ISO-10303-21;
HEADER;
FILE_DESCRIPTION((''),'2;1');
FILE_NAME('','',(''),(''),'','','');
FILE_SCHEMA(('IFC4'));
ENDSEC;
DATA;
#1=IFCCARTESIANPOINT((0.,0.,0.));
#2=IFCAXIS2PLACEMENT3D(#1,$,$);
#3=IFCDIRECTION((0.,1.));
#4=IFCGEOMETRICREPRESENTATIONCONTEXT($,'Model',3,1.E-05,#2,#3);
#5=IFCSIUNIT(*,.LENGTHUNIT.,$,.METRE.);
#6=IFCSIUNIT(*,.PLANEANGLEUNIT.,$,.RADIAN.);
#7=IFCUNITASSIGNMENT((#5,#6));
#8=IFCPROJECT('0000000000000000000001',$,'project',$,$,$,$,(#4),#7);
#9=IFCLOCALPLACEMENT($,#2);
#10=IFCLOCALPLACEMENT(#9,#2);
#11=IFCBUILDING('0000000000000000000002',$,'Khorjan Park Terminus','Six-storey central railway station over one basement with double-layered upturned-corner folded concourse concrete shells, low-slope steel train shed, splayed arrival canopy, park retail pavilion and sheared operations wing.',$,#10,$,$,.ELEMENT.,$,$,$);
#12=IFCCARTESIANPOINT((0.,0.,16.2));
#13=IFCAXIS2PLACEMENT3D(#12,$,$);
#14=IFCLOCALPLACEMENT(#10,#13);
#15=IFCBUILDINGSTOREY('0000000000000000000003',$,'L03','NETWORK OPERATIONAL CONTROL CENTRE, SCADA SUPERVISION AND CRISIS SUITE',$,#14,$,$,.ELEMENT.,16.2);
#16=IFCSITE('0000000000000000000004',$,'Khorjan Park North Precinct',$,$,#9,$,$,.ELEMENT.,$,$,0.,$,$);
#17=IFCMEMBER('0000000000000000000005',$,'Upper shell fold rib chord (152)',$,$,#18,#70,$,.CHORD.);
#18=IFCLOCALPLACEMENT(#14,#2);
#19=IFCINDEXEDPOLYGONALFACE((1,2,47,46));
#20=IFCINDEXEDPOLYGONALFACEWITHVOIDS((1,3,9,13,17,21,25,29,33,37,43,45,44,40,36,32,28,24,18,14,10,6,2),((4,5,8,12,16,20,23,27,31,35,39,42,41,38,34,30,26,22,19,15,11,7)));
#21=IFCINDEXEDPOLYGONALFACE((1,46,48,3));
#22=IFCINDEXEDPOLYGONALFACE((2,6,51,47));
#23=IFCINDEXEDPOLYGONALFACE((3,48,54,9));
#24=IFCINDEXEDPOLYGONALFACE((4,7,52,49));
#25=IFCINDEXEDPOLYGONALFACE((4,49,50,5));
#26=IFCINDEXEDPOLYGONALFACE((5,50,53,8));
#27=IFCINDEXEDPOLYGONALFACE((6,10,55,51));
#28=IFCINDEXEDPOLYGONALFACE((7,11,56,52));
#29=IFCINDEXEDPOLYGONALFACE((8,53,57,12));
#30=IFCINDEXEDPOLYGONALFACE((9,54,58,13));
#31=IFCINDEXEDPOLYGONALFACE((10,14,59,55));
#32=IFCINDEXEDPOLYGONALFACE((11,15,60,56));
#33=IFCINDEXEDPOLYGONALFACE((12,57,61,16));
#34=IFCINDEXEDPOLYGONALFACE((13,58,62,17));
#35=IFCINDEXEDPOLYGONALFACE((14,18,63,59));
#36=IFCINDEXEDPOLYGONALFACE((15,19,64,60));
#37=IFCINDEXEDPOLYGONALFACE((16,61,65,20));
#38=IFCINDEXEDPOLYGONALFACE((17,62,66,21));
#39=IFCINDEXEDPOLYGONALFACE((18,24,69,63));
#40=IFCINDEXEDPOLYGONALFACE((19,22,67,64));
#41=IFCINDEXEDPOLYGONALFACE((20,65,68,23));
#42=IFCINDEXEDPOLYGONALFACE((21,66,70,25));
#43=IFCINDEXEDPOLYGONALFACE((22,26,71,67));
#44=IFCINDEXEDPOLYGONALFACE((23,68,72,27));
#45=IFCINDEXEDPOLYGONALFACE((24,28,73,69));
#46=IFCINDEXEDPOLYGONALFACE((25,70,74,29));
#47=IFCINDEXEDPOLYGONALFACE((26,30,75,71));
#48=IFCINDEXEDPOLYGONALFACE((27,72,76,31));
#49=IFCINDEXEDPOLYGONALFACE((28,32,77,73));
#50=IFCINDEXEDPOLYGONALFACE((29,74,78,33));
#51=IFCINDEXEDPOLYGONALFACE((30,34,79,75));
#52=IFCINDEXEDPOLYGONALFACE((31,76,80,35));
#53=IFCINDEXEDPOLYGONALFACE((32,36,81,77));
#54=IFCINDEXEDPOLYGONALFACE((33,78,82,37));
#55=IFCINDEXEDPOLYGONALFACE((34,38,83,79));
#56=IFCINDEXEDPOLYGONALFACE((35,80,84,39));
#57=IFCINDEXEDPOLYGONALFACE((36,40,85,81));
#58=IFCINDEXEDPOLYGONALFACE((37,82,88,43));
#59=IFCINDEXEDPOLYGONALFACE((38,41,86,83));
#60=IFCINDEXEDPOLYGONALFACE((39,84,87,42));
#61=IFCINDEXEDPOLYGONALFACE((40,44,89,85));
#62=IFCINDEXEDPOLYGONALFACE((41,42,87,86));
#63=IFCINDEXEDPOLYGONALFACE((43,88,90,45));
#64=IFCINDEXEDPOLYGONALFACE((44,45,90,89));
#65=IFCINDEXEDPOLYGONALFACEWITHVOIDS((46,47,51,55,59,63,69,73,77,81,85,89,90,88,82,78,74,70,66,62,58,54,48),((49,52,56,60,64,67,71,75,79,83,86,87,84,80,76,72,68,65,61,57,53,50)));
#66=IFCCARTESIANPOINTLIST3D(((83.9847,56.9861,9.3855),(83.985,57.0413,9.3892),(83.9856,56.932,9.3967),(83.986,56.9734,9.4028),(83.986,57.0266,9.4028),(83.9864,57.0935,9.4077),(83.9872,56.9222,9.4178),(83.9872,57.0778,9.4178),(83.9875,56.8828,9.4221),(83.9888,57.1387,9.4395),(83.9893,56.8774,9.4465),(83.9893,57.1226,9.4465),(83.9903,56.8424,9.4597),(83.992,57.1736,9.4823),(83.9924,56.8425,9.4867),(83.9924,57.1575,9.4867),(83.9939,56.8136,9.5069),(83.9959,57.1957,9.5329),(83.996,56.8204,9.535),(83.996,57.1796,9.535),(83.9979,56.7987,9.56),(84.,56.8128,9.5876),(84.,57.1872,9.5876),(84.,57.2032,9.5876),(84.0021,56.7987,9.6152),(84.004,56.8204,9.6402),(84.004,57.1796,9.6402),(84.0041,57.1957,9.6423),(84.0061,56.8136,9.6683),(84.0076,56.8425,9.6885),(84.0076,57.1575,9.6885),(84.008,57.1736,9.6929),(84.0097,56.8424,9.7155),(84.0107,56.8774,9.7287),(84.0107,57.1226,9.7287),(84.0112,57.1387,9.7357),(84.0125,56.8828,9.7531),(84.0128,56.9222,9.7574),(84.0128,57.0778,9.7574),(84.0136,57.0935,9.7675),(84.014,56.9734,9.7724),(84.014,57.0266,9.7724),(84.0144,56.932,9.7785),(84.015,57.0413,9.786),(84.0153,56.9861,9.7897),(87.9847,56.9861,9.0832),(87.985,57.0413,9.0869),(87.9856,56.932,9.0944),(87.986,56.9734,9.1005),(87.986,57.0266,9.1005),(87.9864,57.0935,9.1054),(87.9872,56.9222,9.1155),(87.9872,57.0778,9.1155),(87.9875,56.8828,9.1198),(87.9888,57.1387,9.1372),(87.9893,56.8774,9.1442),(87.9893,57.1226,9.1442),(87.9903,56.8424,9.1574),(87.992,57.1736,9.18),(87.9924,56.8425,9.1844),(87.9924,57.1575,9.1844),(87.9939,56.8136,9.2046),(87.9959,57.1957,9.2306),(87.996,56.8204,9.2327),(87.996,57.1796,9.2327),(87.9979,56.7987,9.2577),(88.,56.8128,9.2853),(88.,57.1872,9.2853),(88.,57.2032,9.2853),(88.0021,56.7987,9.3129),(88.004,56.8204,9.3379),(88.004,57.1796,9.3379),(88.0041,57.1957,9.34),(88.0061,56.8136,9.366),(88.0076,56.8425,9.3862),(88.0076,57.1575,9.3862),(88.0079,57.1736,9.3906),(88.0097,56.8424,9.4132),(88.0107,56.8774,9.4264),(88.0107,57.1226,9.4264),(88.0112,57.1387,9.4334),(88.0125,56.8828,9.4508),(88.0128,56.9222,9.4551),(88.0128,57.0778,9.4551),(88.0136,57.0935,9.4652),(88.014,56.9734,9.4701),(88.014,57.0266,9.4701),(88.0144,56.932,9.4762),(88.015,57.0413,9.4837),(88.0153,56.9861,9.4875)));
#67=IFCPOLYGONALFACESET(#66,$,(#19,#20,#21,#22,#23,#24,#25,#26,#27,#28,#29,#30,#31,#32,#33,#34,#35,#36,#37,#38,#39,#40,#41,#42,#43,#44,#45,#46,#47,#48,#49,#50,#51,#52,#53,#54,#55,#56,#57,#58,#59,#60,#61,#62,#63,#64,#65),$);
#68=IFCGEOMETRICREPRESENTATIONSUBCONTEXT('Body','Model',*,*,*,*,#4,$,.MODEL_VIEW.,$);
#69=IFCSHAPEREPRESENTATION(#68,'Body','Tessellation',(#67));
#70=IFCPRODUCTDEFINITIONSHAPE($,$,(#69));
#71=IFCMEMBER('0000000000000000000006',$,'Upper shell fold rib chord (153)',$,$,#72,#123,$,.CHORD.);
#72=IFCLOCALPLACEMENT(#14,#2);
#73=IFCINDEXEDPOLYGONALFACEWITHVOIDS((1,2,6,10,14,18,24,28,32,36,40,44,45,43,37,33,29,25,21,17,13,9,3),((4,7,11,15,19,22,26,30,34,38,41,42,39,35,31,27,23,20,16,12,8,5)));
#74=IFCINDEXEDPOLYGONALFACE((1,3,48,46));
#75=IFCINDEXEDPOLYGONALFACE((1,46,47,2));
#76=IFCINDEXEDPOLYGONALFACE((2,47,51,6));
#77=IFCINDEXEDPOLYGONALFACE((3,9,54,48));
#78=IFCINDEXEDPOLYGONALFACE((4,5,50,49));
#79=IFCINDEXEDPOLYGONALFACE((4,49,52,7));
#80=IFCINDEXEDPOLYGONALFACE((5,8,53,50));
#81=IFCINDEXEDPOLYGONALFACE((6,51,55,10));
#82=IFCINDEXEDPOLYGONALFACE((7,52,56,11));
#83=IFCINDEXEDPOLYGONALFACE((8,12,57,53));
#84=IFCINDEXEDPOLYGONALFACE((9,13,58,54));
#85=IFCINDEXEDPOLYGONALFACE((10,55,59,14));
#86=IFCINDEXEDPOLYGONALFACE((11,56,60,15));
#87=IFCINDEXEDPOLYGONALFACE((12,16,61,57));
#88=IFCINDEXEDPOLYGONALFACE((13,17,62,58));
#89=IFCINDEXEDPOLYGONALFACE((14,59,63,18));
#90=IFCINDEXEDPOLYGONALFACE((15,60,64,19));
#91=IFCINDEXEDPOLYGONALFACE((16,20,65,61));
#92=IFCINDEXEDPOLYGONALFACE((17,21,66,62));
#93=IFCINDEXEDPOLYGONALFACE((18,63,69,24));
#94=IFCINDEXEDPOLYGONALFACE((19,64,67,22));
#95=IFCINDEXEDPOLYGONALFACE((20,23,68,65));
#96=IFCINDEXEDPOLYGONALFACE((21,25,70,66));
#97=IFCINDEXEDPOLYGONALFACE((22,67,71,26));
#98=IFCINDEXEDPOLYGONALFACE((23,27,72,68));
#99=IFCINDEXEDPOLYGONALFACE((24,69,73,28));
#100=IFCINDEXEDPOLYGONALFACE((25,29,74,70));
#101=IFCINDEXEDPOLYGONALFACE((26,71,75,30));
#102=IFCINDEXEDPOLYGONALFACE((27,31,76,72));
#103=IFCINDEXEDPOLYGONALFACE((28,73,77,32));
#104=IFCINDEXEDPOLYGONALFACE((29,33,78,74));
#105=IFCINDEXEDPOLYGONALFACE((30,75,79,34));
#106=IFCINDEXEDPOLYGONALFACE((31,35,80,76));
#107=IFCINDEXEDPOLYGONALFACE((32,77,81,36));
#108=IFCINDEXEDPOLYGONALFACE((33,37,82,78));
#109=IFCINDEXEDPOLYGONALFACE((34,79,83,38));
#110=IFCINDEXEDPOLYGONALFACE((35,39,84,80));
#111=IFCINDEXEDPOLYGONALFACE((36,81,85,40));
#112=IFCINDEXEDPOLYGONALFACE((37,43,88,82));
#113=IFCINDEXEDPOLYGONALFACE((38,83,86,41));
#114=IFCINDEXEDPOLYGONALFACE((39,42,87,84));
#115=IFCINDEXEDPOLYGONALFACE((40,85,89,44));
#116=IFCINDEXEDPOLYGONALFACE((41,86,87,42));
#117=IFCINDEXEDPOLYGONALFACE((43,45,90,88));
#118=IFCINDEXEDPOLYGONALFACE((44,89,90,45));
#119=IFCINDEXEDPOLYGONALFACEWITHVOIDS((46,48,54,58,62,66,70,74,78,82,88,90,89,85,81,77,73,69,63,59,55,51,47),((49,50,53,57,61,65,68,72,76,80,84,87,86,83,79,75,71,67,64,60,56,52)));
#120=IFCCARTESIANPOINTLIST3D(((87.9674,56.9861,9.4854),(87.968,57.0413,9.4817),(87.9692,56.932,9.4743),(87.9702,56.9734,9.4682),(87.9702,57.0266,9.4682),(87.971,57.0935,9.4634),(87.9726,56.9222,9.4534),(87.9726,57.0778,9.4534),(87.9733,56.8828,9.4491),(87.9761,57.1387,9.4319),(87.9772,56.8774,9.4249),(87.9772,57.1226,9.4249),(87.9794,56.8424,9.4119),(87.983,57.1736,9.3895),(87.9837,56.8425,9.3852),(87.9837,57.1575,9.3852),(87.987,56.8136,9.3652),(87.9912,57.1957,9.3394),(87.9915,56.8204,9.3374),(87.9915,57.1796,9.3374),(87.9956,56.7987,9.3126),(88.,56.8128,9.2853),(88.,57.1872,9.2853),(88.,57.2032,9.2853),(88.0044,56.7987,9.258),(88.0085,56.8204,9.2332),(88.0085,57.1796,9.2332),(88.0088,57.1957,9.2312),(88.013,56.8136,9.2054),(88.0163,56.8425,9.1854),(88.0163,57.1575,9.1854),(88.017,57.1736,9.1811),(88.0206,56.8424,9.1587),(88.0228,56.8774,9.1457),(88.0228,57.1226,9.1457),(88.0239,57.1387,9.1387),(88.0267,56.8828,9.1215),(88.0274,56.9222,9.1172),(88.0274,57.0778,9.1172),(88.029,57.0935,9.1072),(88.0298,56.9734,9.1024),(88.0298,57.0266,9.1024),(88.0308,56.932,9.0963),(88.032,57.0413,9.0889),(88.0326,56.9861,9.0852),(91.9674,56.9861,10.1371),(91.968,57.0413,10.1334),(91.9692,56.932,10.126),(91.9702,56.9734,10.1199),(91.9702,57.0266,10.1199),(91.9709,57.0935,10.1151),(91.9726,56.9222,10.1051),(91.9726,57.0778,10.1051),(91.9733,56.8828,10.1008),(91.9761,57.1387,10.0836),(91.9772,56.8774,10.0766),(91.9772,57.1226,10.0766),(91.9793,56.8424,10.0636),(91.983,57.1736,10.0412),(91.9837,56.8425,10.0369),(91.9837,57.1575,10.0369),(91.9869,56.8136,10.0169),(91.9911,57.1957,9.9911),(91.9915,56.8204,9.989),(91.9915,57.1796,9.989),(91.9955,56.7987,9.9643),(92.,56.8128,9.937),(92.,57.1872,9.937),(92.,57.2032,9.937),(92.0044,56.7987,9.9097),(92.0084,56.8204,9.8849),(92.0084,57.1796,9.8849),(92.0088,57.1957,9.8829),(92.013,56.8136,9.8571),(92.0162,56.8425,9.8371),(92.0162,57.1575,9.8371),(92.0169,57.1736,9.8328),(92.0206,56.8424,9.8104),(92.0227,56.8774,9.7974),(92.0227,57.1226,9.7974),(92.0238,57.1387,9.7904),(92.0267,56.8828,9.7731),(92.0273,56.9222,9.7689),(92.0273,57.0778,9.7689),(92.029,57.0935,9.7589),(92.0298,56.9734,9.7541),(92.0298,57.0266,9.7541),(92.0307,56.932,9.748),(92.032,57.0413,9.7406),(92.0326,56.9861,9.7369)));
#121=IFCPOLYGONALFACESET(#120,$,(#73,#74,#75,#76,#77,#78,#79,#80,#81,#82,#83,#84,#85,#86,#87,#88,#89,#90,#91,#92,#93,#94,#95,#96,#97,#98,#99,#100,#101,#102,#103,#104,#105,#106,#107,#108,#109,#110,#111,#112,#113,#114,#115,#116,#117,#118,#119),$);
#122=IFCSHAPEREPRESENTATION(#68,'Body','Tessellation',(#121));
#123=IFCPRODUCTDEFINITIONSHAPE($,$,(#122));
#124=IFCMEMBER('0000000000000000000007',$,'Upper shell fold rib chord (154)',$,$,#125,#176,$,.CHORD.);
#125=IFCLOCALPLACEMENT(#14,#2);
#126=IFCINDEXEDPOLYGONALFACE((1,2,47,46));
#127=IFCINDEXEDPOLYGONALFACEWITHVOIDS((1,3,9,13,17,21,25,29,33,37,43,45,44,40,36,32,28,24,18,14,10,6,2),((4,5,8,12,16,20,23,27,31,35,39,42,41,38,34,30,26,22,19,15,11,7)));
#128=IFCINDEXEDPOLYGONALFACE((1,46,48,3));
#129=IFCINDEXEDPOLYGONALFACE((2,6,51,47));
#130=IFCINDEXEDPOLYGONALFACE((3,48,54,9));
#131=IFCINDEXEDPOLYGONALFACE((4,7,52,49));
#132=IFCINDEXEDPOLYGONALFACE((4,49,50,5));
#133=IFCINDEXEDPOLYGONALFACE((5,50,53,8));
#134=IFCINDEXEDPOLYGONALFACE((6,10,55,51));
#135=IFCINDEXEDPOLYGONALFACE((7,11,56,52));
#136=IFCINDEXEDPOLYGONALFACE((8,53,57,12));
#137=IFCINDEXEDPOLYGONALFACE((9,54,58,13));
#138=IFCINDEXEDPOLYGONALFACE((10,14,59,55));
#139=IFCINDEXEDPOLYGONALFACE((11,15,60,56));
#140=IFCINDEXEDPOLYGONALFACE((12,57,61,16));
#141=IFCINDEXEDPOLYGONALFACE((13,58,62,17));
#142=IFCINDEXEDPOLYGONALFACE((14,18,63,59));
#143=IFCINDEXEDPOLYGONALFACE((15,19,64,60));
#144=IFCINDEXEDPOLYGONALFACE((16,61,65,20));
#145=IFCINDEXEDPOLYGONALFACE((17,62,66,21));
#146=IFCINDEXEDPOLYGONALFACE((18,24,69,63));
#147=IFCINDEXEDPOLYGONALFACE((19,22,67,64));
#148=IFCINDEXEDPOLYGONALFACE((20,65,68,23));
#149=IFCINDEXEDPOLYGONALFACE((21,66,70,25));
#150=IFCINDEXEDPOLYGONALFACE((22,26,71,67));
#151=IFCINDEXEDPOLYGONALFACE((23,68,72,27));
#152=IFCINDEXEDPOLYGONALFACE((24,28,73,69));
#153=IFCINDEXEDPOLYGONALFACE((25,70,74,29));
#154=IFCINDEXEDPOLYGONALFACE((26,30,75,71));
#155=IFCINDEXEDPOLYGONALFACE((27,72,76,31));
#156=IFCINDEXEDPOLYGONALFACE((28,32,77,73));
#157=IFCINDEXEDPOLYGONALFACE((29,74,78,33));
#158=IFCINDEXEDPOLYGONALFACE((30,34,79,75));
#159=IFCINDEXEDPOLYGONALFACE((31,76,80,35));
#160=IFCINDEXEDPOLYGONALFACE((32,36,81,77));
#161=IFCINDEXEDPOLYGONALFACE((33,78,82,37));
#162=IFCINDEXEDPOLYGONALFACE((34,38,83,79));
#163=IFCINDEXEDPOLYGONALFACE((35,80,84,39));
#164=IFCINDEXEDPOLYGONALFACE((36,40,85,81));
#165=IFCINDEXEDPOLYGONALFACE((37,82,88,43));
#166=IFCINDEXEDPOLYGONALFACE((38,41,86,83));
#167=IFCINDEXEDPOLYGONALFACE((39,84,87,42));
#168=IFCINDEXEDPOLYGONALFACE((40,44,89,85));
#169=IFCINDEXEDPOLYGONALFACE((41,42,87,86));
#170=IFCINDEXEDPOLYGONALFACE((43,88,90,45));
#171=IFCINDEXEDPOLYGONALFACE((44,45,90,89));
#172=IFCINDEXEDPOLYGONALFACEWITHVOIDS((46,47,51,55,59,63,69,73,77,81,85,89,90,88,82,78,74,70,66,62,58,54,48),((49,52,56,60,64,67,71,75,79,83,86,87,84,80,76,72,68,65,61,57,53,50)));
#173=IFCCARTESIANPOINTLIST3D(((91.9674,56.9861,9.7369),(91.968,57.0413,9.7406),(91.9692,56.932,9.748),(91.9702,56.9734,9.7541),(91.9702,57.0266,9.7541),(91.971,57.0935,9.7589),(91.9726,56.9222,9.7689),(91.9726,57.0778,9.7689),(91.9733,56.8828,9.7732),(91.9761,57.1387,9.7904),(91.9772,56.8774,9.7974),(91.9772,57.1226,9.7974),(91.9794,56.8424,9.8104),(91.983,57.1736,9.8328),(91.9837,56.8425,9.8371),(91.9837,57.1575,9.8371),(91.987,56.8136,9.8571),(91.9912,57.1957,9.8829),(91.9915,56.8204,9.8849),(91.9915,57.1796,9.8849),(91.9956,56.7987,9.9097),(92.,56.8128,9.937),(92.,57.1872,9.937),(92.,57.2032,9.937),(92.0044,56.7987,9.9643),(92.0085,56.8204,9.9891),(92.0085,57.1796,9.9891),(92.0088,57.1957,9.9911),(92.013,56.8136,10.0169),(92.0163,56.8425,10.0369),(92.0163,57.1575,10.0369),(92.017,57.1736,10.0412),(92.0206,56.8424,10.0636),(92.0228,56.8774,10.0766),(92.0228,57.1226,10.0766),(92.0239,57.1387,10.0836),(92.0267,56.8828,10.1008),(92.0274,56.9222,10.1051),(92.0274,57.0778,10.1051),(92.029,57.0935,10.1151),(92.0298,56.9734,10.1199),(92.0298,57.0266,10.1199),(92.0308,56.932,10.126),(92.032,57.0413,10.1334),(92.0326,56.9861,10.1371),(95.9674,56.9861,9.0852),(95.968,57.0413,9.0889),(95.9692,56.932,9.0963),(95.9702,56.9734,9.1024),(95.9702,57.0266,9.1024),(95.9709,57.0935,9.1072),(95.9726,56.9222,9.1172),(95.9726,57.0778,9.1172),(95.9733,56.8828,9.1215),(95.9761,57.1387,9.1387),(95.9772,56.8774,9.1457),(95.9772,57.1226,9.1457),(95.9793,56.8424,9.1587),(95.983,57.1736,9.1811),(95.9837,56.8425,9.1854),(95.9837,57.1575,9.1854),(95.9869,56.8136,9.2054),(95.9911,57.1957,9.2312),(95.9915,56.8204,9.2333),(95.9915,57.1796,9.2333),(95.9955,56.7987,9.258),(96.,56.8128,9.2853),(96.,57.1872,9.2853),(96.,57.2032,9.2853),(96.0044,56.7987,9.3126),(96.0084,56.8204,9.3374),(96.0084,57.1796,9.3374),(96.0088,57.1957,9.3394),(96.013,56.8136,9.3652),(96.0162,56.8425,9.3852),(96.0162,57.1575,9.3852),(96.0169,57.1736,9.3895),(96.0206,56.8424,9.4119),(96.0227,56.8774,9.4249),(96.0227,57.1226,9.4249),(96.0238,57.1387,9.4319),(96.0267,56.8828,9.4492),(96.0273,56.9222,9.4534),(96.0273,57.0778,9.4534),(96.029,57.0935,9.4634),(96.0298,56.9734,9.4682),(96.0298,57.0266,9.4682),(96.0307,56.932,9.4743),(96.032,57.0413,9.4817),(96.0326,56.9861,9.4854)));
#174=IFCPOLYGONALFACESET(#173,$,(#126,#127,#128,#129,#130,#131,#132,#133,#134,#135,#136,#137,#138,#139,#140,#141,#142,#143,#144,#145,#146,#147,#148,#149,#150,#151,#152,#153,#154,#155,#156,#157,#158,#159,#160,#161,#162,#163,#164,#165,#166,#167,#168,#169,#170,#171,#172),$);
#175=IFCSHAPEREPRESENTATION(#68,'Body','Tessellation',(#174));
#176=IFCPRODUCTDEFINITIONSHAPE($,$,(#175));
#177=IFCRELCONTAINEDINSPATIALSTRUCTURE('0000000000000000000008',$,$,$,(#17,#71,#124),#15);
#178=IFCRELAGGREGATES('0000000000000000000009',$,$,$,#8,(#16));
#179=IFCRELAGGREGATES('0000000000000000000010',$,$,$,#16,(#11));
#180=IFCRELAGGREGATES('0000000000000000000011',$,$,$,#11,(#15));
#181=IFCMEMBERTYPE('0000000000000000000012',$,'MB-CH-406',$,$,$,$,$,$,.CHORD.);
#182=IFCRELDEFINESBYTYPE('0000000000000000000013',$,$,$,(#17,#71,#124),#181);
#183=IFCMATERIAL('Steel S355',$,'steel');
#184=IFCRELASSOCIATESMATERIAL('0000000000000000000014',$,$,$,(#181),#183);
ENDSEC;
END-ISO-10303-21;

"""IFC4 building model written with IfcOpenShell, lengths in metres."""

from ifc_helpers import new_model, si_unit, direction, frame, origin, origin_2d, place, context, subcontext, project, spatial, hollow_circle, extrude, material, material_profile, profile_set, type_object, element, save


model = new_model("IFC4")

# Units and contexts
model_context = context("Model", 3, precision=1e-05, world=origin(), true_north=direction((0.0, 1.0)))
body_context = subcontext(model_context, "Body", "Model", "MODEL_VIEW")
ifc_project = project(units=[si_unit("LENGTHUNIT", "METRE"), si_unit("PLANEANGLEUNIT", "RADIAN")], contexts=[model_context])

# Site, building, storey
site_placement = place(None, origin())
site = spatial("IfcSite", under=ifc_project, at=site_placement, Name="Khorjan Park North Precinct", CompositionType="ELEMENT", RefElevation=0.0)
building_placement = place(site_placement, origin())
building = spatial("IfcBuilding", under=site, at=building_placement, Name="Khorjan Park Terminus", Description="Six-storey central railway station over one basement with double-layered upturned-corner folded concourse concrete shells, low-slope steel train shed, splayed arrival canopy, park retail pavilion and sheared operations wing.", CompositionType="ELEMENT")
storey_placement = place(building_placement, frame((0.0, 0.0, 16.2)))
storey = spatial("IfcBuildingStorey", under=building, at=storey_placement, Name="L03", Description="NETWORK OPERATIONAL CONTROL CENTRE, SCADA SUPERVISION AND CRISIS SUITE", CompositionType="ELEMENT", Elevation=16.2)

# Members
ifc_material = material(Name="Steel S355", Category="steel")
ifc_material_profile_1 = material_profile(ifc_material, hollow_circle(Radius=0.2032, WallThickness=0.016, at=origin_2d()), Name="CHS 406.4x16")
ifc_profile_set_1 = profile_set([ifc_material_profile_1], Name="Steel S355")
member_type_1 = type_object("IfcMemberType", Name="MB-CH-406", PredefinedType="CHORD", material=ifc_profile_set_1)
member_1_placement = place(storey_placement, frame((84.0, 57.0, 9.5876), z_axis=(0.997156, 0.0, -0.07536), x_axis=(0.0, 1.0, 0.0)))
element("IfcMember", 1, at=member_1_placement, inside=storey, type_object=member_type_1, Name="Upper shell fold rib chord (152)", PredefinedType="CHORD", context=body_context, shape_type="SweptSolid", body=[
    extrude(hollow_circle(Radius=0.2032, WallThickness=0.016, at=origin_2d()), origin(), (0.0, 0.0, 1.0), 4.0114),
])
for number, where, z_axis, x_axis, name in (
    (2, (88.0, 57.0, 9.2853), (0.986986, 0.0, 0.160805), (0.0, 1.0, 0.0), "Upper shell fold rib chord (153)"),
    (3, (92.0, 57.0, 9.937), (0.986986, 0.0, -0.160805), (0.0, 1.0, 0.0), "Upper shell fold rib chord (154)"),
):
    element("IfcMember", number, at=place(storey_placement, frame(where, z_axis=z_axis, x_axis=x_axis)), inside=storey, type_object=member_type_1, Name=name, PredefinedType="CHORD", context=body_context, shape_type="SweptSolid", body=[
        extrude(hollow_circle(Radius=0.2032, WallThickness=0.016, at=origin_2d()), origin(), (0.0, 0.0, 1.0), 4.0527),
    ])

save(model, "model.ifc")
